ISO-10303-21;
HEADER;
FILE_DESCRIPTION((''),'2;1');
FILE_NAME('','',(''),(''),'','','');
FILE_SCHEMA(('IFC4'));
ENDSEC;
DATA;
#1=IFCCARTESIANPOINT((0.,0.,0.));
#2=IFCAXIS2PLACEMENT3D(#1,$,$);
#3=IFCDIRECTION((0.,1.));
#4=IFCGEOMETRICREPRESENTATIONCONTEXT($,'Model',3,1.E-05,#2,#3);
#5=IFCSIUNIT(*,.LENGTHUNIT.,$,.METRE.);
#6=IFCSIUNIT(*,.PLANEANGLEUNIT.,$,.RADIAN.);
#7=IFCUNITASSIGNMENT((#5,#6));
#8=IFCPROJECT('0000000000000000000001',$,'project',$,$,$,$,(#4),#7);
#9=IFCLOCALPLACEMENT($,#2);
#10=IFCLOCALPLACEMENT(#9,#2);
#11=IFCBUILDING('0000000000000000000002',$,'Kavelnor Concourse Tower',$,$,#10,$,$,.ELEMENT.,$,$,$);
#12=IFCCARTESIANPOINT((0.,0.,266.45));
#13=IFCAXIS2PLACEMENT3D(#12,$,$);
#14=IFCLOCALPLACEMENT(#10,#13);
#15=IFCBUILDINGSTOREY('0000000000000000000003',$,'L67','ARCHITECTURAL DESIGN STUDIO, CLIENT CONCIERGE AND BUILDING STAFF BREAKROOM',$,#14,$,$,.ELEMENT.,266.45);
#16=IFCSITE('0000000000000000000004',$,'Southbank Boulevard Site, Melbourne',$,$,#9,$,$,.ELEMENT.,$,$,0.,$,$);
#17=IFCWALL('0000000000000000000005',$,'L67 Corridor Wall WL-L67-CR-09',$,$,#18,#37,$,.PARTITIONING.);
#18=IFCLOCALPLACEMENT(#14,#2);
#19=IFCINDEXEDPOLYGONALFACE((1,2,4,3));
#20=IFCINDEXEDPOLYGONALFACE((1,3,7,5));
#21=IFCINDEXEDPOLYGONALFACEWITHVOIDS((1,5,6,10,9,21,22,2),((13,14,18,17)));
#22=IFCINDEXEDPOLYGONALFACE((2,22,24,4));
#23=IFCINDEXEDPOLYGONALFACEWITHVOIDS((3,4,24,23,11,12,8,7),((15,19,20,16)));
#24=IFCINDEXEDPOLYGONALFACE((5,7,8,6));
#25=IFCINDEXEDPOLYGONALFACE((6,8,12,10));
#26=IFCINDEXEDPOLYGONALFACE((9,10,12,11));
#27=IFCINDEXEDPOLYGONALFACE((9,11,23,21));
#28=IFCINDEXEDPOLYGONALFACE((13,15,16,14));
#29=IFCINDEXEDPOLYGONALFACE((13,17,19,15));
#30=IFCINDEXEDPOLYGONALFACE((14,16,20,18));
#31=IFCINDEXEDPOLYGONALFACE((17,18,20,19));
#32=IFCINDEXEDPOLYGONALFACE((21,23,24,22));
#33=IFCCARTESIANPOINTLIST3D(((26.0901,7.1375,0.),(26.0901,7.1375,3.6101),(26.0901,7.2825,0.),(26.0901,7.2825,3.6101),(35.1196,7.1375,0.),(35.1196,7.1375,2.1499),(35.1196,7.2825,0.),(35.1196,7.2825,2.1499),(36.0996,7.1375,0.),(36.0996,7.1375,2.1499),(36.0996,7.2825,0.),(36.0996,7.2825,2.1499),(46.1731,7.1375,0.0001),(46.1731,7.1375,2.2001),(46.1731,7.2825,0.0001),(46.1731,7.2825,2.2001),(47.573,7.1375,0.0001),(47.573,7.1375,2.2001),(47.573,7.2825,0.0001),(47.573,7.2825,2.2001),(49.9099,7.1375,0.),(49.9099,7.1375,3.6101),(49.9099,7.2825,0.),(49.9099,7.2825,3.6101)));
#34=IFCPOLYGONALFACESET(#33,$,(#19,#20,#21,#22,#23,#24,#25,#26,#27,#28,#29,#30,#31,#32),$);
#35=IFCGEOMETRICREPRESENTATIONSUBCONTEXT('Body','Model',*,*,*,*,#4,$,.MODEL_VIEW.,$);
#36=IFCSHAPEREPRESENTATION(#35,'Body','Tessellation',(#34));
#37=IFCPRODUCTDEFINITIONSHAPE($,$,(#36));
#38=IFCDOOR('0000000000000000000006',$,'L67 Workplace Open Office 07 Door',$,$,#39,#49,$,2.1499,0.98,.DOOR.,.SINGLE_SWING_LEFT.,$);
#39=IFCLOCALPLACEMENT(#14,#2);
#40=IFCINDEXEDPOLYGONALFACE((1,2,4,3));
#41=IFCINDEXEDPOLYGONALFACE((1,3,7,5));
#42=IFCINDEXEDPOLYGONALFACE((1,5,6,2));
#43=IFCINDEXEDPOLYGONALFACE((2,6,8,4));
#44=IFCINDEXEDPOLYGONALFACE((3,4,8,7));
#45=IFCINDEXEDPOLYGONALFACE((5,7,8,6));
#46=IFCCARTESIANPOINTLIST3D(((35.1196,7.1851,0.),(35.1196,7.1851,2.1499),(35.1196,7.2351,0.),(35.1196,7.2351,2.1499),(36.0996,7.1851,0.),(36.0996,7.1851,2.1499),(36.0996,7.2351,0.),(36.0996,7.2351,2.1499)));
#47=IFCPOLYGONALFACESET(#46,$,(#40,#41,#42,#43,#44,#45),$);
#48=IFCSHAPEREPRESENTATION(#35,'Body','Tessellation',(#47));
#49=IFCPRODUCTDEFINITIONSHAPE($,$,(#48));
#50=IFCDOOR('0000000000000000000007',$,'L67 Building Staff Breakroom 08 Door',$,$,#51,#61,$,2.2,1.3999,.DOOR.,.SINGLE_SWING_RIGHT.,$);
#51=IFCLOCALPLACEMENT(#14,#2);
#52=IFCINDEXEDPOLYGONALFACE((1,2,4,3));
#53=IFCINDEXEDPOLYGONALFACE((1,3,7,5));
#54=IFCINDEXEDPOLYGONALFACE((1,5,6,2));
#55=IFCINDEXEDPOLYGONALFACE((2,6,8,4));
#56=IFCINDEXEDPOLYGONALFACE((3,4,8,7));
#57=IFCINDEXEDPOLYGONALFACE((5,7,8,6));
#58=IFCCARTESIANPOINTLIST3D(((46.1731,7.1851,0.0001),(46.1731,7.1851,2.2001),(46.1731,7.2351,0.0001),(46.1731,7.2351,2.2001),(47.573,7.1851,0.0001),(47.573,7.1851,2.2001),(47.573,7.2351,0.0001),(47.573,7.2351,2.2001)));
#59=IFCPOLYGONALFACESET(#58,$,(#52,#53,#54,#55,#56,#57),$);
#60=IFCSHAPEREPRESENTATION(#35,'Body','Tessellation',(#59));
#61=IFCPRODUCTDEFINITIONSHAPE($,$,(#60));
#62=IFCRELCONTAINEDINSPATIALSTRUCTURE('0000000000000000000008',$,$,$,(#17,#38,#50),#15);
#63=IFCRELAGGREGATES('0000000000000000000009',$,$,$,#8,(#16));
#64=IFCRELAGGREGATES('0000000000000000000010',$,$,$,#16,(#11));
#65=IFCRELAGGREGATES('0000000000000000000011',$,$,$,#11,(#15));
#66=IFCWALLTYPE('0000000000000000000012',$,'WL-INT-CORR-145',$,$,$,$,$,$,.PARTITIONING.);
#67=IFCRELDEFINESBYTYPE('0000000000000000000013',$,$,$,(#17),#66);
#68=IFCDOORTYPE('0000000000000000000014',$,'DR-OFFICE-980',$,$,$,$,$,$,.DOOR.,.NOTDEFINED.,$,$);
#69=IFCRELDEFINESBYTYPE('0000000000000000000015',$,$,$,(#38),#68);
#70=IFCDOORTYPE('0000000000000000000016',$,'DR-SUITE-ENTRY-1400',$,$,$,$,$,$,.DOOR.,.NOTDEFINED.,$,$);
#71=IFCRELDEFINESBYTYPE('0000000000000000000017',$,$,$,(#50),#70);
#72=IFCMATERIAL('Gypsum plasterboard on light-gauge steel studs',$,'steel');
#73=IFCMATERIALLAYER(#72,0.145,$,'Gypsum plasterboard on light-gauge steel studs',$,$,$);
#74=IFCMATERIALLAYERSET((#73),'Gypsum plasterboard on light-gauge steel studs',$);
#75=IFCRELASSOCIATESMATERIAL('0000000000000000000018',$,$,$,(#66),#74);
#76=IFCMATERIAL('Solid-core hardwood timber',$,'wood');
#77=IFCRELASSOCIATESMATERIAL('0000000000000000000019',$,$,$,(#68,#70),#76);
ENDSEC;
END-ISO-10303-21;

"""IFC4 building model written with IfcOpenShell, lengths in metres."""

from ifc_helpers import new_model, si_unit, direction, frame, frame_2d, origin, place, context, subcontext, project, spatial, rectangle, extrude, material, layer, layer_set, type_object, element, fill, save


model = new_model("IFC4")

# Units and contexts
model_context = context("Model", 3, precision=1e-05, world=origin(), true_north=direction((0.0, 1.0)))
body_context = subcontext(model_context, "Body", "Model", "MODEL_VIEW")
ifc_project = project(units=[si_unit("LENGTHUNIT", "METRE"), si_unit("PLANEANGLEUNIT", "RADIAN")], contexts=[model_context])

# Site, building, storey
site_placement = place(None, origin())
site = spatial("IfcSite", under=ifc_project, at=site_placement, Name="Southbank Boulevard Site, Melbourne", CompositionType="ELEMENT", RefElevation=0.0)
building_placement = place(site_placement, origin())
building = spatial("IfcBuilding", under=site, at=building_placement, Name="Kavelnor Concourse Tower", CompositionType="ELEMENT")
storey_placement = place(building_placement, frame((0.0, 0.0, 266.45)))
storey = spatial("IfcBuildingStorey", under=building, at=storey_placement, Name="L67", Description="ARCHITECTURAL DESIGN STUDIO, CLIENT CONCIERGE AND BUILDING STAFF BREAKROOM", CompositionType="ELEMENT", Elevation=266.45)

# Shared definitions
ifc_material_1 = material(Name="Gypsum plasterboard on light-gauge steel studs", Category="steel")
ifc_layer_1 = layer(ifc_material_1, 0.145, Name="Gypsum plasterboard on light-gauge steel studs")
ifc_layer_set_1 = layer_set([ifc_layer_1], Name="Gypsum plasterboard on light-gauge steel studs")
wall_type_1 = type_object("IfcWallType", Name="WL-INT-CORR-145", PredefinedType="PARTITIONING", material=ifc_layer_set_1)

# Wall, openings, doors
wall_1_placement = place(storey_placement, frame((49.9099, 7.21, 0.0), z_axis=(0.0, 0.0, 1.0), x_axis=(-1.0, 0.0, 0.0)))
wall_1 = element("IfcWall", 1, at=wall_1_placement, inside=storey, type_object=wall_type_1, Name="L67 Corridor Wall WL-L67-CR-09", PredefinedType="PARTITIONING", context=body_context, shape_type="SweptSolid", body=[
    extrude(rectangle(XDim=23.8198, YDim=0.145, at=frame_2d((11.9099, 0.0))), origin(), (0.0, 0.0, 1.0), 3.6101),
])
opening_1_placement = place(wall_1_placement, frame((13.8103, 0.0, 0.0)))
opening_1 = element("IfcOpeningElement", 2, at=opening_1_placement, cuts=wall_1, PredefinedType="OPENING", context=body_context, shape_type="SweptSolid", body=[
    extrude(rectangle(XDim=0.98, YDim=2.1499, at=frame_2d((0.49, 1.075))), frame((0.0, 0.0825, 0.0), z_axis=(0.0, -1.0, 0.0), x_axis=(1.0, 0.0, 0.0)), (0.0, 0.0, 1.0), 0.165),
])
opening_2_placement = place(wall_1_placement, frame((2.3369, 0.0, 0.0)))
opening_2 = element("IfcOpeningElement", 3, at=opening_2_placement, cuts=wall_1, PredefinedType="OPENING", context=body_context, shape_type="SweptSolid", body=[
    extrude(rectangle(XDim=1.3999, YDim=2.2, at=frame_2d((0.7, 1.1001))), frame((0.0, 0.0825, 0.0), z_axis=(0.0, -1.0, 0.0), x_axis=(1.0, 0.0, 0.0)), (0.0, 0.0, 1.0), 0.165),
])
ifc_material_2 = material(Name="Solid-core hardwood timber", Category="wood")
door_type_1 = type_object("IfcDoorType", Name="DR-OFFICE-980", OperationType="NOTDEFINED", PredefinedType="DOOR", material=ifc_material_2)
door_1_placement = place(opening_1_placement, origin())
door_1 = element("IfcDoor", 4, at=door_1_placement, inside=storey, type_object=door_type_1, Name="L67 Workplace Open Office 07 Door", OperationType="SINGLE_SWING_LEFT", OverallHeight=2.1499, OverallWidth=0.98, PredefinedType="DOOR", context=body_context, shape_type="SweptSolid", body=[
    extrude(rectangle(XDim=0.98, YDim=2.1499, at=frame_2d((0.49, 1.075))), frame((0.0, 0.0249, 0.0), z_axis=(0.0, -1.0, 0.0), x_axis=(1.0, 0.0, 0.0)), (0.0, 0.0, 1.0), 0.05),
])
fill(opening_1, door_1)
door_type_2 = type_object("IfcDoorType", Name="DR-SUITE-ENTRY-1400", OperationType="NOTDEFINED", PredefinedType="DOOR", material=ifc_material_2)
door_2_placement = place(opening_2_placement, origin())
door_2 = element("IfcDoor", 5, at=door_2_placement, inside=storey, type_object=door_type_2, Name="L67 Building Staff Breakroom 08 Door", OperationType="SINGLE_SWING_RIGHT", OverallHeight=2.2, OverallWidth=1.3999, PredefinedType="DOOR", context=body_context, shape_type="SweptSolid", body=[
    extrude(rectangle(XDim=1.3999, YDim=2.2, at=frame_2d((0.7, 1.1001))), frame((0.0, 0.0249, 0.0), z_axis=(0.0, -1.0, 0.0), x_axis=(1.0, 0.0, 0.0)), (0.0, 0.0, 1.0), 0.05),
])
fill(opening_2, door_2)

save(model, "model.ifc")
